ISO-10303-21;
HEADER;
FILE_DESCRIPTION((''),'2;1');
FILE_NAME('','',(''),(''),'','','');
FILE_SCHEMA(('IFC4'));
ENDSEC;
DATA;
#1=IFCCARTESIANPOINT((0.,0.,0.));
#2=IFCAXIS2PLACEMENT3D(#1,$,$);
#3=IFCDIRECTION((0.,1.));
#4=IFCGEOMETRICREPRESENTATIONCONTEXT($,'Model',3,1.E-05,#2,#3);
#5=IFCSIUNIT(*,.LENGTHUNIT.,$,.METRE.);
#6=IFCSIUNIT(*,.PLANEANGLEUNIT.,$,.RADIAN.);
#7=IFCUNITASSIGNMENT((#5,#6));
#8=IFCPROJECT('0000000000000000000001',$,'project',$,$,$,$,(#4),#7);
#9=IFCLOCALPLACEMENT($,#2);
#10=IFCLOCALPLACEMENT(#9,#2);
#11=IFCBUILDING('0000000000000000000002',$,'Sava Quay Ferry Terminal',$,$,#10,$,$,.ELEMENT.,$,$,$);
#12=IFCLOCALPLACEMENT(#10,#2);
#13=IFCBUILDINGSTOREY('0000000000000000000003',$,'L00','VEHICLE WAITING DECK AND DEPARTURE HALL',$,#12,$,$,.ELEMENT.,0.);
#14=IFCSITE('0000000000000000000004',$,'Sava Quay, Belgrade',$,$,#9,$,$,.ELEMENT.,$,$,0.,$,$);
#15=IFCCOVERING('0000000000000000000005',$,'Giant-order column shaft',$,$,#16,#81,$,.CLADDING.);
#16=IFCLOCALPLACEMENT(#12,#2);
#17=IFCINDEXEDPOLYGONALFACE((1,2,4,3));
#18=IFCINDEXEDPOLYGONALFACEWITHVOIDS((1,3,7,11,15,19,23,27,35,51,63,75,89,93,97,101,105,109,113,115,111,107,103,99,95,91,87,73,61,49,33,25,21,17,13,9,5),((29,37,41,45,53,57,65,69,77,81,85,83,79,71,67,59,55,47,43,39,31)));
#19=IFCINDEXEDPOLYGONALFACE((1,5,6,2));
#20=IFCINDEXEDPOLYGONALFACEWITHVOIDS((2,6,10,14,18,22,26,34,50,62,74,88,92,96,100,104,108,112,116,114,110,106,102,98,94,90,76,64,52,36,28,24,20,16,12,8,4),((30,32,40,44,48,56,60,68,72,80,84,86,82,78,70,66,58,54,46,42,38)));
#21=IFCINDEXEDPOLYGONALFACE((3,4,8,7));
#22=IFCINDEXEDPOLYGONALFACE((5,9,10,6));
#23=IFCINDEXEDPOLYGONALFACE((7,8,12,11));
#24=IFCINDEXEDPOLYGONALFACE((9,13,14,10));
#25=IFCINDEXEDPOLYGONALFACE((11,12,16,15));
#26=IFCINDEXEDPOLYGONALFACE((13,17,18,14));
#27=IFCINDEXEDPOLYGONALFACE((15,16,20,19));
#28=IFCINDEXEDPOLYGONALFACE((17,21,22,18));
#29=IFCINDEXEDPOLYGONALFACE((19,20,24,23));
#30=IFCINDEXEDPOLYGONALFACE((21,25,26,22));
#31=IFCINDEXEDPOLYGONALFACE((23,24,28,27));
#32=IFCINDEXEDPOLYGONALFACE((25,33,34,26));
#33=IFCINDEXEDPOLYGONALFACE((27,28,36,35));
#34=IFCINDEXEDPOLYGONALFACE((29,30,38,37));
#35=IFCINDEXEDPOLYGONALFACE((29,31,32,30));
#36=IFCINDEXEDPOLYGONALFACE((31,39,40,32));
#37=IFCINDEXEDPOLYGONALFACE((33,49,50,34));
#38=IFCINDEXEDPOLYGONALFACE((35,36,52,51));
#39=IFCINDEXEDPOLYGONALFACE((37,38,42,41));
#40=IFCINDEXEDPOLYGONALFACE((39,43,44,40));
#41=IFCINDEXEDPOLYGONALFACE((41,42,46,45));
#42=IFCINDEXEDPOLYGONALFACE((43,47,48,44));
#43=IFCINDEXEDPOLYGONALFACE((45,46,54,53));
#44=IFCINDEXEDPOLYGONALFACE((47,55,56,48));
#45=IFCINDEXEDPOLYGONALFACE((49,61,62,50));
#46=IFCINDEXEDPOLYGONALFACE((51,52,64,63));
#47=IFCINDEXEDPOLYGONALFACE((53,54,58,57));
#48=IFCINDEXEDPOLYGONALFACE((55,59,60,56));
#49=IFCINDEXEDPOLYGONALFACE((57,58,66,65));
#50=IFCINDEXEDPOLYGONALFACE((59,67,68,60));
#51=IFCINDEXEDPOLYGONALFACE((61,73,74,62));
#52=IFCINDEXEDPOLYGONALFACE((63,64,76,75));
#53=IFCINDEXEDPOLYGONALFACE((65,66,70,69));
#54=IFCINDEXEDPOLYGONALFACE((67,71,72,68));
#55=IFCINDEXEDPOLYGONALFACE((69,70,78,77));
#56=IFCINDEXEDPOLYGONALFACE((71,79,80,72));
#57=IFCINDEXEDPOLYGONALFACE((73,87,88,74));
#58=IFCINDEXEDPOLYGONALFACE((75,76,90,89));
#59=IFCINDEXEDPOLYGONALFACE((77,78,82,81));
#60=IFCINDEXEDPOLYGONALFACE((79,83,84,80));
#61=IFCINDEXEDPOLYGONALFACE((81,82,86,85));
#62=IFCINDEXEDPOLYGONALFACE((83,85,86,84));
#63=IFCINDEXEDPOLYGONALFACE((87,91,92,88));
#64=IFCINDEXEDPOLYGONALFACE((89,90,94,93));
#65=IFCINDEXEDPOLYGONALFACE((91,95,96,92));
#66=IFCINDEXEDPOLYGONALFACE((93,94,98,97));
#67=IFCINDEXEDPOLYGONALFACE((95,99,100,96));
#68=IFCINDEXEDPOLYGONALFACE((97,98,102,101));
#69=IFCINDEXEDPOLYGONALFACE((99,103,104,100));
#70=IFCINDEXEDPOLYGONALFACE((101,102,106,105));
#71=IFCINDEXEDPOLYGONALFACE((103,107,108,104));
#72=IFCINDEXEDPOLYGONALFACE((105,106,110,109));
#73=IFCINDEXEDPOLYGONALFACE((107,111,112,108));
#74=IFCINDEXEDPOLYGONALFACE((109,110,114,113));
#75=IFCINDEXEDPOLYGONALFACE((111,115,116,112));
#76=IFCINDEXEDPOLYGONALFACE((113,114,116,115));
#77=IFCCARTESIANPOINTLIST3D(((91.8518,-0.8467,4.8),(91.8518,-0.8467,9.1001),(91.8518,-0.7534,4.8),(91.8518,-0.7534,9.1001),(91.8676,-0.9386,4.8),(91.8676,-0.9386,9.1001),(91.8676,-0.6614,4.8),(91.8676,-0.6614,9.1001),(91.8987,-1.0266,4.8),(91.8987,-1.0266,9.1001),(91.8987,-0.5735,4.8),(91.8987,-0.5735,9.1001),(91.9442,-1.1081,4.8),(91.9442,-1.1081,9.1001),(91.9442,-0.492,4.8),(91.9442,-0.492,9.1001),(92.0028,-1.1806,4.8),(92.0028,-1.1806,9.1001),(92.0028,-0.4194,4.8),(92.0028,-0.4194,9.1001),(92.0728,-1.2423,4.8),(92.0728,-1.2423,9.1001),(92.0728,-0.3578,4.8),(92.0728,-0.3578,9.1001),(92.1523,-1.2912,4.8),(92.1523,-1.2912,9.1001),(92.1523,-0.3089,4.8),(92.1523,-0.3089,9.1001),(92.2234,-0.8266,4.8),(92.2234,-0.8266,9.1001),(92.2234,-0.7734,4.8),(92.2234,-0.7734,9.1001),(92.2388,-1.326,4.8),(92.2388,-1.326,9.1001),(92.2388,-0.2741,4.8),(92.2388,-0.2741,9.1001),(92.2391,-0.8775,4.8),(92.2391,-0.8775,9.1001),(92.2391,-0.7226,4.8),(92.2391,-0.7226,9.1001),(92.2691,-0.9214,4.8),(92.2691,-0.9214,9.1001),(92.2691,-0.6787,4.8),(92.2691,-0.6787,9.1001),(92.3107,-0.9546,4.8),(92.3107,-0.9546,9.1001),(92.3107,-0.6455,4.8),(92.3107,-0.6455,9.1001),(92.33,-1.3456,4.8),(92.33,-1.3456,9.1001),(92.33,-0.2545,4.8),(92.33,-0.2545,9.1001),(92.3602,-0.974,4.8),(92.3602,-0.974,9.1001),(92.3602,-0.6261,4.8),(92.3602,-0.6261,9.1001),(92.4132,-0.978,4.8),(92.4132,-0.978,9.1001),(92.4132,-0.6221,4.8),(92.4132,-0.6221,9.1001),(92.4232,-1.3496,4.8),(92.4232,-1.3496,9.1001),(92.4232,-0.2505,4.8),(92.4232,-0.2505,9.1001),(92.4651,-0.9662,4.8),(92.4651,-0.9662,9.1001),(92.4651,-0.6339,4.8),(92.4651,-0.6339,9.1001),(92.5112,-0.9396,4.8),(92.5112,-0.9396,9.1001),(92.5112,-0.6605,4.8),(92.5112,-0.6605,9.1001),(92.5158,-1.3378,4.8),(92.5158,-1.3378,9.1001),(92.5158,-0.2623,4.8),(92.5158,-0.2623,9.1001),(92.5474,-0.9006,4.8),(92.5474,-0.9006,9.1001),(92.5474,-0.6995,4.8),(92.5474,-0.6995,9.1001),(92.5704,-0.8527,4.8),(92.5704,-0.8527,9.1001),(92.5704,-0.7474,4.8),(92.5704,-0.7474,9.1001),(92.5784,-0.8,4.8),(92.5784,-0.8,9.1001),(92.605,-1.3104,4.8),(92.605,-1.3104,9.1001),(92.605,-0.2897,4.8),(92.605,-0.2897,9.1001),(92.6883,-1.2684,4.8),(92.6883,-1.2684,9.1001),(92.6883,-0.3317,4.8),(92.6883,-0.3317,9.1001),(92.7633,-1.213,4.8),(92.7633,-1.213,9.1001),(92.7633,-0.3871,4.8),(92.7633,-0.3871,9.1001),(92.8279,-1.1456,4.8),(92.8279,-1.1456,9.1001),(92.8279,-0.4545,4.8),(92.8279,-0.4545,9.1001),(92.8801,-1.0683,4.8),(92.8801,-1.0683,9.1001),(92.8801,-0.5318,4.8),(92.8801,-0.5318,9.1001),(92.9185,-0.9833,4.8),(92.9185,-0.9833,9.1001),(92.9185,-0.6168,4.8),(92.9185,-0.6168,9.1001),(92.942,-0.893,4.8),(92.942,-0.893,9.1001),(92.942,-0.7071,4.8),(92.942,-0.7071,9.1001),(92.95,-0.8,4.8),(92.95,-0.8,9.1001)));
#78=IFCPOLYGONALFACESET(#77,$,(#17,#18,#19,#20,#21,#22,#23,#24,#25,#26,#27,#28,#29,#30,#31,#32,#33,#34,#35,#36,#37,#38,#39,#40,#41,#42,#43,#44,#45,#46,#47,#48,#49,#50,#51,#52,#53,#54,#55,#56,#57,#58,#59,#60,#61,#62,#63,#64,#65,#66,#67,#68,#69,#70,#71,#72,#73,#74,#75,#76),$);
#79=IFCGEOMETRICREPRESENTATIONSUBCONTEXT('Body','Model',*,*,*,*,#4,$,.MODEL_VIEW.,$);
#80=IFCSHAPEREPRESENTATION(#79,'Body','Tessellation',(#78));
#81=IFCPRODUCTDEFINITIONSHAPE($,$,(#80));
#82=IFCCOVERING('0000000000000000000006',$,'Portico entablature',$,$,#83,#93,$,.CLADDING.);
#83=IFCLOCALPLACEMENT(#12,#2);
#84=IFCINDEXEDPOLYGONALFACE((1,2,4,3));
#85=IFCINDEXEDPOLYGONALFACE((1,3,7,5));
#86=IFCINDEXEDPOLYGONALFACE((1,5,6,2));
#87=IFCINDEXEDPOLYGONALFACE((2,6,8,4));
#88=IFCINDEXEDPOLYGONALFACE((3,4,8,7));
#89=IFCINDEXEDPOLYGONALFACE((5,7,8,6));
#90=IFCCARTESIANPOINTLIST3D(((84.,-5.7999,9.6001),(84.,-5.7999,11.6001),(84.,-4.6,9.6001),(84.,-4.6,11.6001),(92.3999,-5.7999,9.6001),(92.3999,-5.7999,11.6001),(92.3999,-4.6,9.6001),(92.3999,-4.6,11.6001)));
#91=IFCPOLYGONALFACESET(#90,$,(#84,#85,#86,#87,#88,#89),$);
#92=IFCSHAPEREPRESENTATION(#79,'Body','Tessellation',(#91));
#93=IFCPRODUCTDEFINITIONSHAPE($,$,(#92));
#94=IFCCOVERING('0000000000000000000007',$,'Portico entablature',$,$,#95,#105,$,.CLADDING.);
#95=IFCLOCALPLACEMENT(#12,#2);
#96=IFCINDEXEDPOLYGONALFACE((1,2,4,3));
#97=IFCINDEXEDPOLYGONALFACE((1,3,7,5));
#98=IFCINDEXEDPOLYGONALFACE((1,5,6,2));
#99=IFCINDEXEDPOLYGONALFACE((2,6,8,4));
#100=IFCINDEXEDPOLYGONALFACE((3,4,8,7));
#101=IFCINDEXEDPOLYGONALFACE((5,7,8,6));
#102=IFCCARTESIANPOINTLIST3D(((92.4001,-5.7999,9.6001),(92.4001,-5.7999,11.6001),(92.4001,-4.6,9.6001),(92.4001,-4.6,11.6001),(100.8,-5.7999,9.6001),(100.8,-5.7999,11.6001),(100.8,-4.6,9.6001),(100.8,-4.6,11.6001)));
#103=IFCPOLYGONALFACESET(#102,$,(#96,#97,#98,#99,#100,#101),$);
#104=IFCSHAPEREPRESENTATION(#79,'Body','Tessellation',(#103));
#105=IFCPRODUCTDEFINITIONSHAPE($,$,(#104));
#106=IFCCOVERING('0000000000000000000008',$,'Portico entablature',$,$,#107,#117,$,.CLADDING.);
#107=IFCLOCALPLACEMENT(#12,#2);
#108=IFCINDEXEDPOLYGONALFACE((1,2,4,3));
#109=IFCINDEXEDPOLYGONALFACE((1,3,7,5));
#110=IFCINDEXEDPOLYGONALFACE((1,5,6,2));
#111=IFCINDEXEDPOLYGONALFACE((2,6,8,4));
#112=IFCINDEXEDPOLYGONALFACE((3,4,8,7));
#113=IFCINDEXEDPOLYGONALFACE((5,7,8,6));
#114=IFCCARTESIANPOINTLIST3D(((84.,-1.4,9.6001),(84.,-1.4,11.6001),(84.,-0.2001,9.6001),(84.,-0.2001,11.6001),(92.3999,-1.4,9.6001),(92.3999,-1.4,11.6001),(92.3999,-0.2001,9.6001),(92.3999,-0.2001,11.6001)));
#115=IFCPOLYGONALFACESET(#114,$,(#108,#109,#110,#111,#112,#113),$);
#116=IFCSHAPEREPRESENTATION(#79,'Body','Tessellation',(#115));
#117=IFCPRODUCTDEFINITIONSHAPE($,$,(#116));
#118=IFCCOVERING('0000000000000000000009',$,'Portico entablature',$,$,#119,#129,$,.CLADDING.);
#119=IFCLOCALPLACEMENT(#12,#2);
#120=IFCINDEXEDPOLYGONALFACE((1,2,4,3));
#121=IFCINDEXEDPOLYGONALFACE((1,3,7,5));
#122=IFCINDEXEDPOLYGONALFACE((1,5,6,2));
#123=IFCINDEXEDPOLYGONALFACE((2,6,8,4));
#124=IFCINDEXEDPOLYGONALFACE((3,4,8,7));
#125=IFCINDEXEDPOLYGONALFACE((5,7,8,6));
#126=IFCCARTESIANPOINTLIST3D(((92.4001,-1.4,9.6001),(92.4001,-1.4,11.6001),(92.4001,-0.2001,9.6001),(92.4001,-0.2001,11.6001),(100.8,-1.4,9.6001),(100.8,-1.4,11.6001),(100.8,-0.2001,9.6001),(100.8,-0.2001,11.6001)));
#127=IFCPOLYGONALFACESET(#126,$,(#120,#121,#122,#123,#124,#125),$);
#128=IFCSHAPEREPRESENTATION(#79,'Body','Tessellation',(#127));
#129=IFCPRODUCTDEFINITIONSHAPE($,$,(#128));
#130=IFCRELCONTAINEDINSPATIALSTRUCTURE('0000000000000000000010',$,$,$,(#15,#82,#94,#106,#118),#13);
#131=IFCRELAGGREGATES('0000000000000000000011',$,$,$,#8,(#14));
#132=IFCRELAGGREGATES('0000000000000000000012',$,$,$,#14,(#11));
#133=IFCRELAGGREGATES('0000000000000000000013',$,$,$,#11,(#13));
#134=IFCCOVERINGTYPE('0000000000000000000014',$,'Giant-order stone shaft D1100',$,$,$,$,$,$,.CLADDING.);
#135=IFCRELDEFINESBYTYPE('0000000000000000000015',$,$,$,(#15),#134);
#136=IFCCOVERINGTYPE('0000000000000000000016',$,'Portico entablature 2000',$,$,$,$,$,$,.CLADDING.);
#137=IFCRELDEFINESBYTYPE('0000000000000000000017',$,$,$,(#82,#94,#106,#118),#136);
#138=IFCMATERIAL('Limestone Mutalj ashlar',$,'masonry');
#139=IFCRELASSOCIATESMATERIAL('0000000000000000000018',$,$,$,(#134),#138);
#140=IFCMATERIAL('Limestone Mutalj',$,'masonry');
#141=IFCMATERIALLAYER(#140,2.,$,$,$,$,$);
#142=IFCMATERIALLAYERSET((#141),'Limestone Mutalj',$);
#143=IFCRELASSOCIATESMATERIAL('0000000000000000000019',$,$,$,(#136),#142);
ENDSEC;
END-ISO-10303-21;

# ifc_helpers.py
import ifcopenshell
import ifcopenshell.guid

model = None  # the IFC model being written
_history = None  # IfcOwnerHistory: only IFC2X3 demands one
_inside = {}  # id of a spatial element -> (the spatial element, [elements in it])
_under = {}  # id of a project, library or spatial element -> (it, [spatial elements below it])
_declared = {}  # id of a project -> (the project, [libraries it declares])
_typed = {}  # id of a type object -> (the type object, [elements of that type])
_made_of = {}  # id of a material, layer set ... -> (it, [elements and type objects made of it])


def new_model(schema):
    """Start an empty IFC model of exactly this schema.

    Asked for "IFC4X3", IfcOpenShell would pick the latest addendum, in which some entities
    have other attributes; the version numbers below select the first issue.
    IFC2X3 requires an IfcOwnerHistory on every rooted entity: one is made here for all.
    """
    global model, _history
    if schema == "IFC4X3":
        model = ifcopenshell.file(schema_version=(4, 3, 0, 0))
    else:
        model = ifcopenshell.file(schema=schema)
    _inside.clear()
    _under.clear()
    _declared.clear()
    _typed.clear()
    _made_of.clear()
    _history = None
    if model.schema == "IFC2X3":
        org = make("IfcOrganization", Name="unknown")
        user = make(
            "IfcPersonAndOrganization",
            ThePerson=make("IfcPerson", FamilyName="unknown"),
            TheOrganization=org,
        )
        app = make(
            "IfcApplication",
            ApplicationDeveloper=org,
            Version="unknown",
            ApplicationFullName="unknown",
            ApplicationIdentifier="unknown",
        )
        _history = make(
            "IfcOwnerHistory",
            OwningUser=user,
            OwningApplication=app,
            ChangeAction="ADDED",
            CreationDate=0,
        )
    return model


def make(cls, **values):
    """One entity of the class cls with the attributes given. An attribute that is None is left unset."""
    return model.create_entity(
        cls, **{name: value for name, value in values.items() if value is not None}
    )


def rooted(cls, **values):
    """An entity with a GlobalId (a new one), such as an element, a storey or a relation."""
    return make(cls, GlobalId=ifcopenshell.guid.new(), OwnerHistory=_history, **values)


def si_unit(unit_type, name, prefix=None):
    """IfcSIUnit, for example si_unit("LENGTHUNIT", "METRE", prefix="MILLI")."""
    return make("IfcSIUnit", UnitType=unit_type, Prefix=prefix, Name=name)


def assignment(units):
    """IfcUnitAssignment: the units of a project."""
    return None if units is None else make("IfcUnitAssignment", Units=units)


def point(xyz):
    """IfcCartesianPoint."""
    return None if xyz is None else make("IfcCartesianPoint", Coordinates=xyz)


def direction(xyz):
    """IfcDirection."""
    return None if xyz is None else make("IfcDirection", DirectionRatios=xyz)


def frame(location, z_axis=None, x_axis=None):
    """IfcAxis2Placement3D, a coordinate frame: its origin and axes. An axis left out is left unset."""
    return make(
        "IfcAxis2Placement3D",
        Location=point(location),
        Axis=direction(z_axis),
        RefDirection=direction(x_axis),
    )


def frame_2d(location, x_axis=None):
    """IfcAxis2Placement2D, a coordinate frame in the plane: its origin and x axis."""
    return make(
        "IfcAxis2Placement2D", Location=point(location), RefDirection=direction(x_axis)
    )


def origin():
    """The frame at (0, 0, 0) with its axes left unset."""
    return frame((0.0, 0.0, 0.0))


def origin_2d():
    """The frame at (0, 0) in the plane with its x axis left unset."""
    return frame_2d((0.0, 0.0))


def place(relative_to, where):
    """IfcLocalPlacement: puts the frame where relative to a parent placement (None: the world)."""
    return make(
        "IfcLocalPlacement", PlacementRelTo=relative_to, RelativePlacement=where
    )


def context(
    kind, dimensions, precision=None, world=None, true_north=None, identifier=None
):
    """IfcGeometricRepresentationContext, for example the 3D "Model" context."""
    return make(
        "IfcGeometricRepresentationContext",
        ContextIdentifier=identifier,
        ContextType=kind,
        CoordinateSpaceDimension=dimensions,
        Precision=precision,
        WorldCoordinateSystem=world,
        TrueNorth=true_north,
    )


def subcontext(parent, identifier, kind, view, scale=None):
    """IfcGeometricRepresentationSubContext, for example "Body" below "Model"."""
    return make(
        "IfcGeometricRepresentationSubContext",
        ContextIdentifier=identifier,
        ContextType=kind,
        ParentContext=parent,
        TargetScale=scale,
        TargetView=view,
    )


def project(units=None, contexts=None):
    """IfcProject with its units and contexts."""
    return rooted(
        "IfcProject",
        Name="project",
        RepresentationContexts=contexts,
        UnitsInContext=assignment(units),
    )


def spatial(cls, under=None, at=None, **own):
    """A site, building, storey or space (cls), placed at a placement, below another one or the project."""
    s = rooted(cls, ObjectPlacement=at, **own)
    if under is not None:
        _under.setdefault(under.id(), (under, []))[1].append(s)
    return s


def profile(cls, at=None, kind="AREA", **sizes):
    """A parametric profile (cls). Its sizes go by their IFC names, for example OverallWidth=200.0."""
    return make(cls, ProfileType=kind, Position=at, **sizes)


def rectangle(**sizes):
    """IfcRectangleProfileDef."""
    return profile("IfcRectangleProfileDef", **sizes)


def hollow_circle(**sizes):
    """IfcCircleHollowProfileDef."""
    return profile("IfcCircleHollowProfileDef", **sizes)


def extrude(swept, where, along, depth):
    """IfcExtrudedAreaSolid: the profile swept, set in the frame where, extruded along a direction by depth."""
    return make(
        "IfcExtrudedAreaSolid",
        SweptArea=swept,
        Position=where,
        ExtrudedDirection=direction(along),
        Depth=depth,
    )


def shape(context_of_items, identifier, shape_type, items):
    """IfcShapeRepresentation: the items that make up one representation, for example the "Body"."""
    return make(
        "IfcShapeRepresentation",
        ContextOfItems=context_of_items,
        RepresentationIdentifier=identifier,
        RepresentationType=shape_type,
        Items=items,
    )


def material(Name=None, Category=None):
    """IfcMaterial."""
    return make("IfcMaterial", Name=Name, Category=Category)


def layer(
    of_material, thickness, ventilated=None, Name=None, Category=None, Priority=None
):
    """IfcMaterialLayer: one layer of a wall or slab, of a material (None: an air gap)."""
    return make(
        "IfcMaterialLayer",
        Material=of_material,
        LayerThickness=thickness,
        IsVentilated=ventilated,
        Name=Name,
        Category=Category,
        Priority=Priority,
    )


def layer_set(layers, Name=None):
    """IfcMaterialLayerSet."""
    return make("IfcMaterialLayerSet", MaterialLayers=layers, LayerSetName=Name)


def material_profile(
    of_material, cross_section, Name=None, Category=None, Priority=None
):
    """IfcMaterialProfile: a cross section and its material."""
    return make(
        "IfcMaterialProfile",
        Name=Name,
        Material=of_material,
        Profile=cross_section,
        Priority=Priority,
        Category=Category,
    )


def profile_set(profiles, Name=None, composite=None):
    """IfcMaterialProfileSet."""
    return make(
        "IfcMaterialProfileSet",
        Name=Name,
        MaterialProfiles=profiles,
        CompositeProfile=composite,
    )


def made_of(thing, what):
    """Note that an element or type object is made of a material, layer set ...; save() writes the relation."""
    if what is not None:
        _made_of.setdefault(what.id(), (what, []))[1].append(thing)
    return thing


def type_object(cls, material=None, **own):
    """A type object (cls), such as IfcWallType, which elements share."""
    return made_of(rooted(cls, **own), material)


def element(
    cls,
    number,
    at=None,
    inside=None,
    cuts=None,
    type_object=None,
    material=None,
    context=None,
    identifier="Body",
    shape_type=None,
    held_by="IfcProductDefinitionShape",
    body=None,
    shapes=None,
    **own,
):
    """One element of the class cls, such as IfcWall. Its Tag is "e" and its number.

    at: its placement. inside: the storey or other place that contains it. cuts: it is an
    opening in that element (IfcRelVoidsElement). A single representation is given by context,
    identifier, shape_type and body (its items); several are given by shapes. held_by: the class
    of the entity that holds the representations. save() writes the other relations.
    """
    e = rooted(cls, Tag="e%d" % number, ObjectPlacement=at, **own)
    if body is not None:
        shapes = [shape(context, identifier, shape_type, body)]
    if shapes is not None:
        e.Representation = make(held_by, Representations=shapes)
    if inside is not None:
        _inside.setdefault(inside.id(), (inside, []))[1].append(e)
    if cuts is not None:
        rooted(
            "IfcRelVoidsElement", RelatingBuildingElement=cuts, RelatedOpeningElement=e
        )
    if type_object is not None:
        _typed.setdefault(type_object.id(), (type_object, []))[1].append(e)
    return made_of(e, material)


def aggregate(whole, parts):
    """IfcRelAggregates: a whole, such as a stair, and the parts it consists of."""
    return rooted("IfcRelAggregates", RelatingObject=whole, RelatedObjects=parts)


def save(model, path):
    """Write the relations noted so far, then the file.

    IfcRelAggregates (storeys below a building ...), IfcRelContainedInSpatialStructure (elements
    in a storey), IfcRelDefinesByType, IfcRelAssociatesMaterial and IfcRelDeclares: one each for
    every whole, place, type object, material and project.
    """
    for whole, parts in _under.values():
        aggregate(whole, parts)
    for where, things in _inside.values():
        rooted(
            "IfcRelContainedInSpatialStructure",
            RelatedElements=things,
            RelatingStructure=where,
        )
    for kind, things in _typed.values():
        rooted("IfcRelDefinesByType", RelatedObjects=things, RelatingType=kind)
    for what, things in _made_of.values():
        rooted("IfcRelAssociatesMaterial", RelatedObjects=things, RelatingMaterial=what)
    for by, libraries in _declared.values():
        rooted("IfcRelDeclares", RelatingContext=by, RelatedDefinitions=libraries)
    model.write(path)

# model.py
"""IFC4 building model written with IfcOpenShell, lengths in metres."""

from ifc_helpers import new_model, si_unit, direction, frame, origin, origin_2d, place, context, subcontext, project, spatial, rectangle, hollow_circle, extrude, material, layer, layer_set, material_profile, profile_set, type_object, element, save


model = new_model("IFC4")

# Units and contexts
model_context = context("Model", 3, precision=1e-05, world=origin(), true_north=direction((0.0, 1.0)))
body_context = subcontext(model_context, "Body", "Model", "MODEL_VIEW")
ifc_project = project(units=[si_unit("LENGTHUNIT", "METRE"), si_unit("PLANEANGLEUNIT", "RADIAN")], contexts=[model_context])

# Site, building, storey
site_placement = place(None, origin())
site = spatial("IfcSite", under=ifc_project, at=site_placement, Name="Sava Quay, Belgrade", CompositionType="ELEMENT", RefElevation=0.0)
building_placement = place(site_placement, origin())
building = spatial("IfcBuilding", under=site, at=building_placement, Name="Sava Quay Ferry Terminal", CompositionType="ELEMENT")
storey_placement = place(building_placement, origin())
storey = spatial("IfcBuildingStorey", under=building, at=storey_placement, Name="L00", Description="VEHICLE WAITING DECK AND DEPARTURE HALL", CompositionType="ELEMENT", Elevation=0.0)

# Coverings
ifc_material_1 = material(Name="Limestone Mutalj ashlar", Category="masonry")
ifc_material_profile_1 = material_profile(ifc_material_1, hollow_circle(Radius=0.55, WallThickness=0.3716, at=origin_2d()), Name="Stone shaft D1100")
ifc_profile_set_1 = profile_set([ifc_material_profile_1], Name="Limestone Mutalj ashlar")
covering_type_1 = type_object("IfcCoveringType", Name="Giant-order stone shaft D1100", PredefinedType="CLADDING", material=ifc_profile_set_1)
covering_1_placement = place(storey_placement, frame((92.3999, -0.8, 4.8), z_axis=(0.0, 0.0, 1.0), x_axis=(1.0, 0.0, 0.0)))
element("IfcCovering", 1, at=covering_1_placement, inside=storey, type_object=covering_type_1, Name="Giant-order column shaft", PredefinedType="CLADDING", context=body_context, shape_type="SweptSolid", body=[
    extrude(hollow_circle(Radius=0.55, WallThickness=0.3716, at=origin_2d()), origin(), (0.0, 0.0, 1.0), 4.3),
])
ifc_material_2 = material(Name="Limestone Mutalj", Category="masonry")
ifc_layer_1 = layer(ifc_material_2, 2.0)
ifc_layer_set_1 = layer_set([ifc_layer_1], Name="Limestone Mutalj")
covering_type_2 = type_object("IfcCoveringType", Name="Portico entablature 2000", PredefinedType="CLADDING", material=ifc_layer_set_1)
for number, where, z_axis, x_axis, name in (
    (2, (88.2, -5.2, 9.6001), (0.0, 0.0, 1.0), (1.0, 0.0, 0.0), "Portico entablature"),
    (3, (96.6001, -5.2, 9.6001), (0.0, 0.0, 1.0), (1.0, 0.0, 0.0), "Portico entablature"),
    (4, (88.2, -0.8, 9.6001), (0.0, 0.0, 1.0), (1.0, 0.0, 0.0), "Portico entablature"),
    (5, (96.6001, -0.8, 9.6001), (0.0, 0.0, 1.0), (1.0, 0.0, 0.0), "Portico entablature"),
):
    element("IfcCovering", number, at=place(storey_placement, frame(where, z_axis=z_axis, x_axis=x_axis)), inside=storey, type_object=covering_type_2, Name=name, PredefinedType="CLADDING", context=body_context, shape_type="SweptSolid", body=[
        extrude(rectangle(XDim=8.3999, YDim=1.2, at=origin_2d()), origin(), (0.0, 0.0, 1.0), 2.0),
    ])

save(model, "model.ifc")
